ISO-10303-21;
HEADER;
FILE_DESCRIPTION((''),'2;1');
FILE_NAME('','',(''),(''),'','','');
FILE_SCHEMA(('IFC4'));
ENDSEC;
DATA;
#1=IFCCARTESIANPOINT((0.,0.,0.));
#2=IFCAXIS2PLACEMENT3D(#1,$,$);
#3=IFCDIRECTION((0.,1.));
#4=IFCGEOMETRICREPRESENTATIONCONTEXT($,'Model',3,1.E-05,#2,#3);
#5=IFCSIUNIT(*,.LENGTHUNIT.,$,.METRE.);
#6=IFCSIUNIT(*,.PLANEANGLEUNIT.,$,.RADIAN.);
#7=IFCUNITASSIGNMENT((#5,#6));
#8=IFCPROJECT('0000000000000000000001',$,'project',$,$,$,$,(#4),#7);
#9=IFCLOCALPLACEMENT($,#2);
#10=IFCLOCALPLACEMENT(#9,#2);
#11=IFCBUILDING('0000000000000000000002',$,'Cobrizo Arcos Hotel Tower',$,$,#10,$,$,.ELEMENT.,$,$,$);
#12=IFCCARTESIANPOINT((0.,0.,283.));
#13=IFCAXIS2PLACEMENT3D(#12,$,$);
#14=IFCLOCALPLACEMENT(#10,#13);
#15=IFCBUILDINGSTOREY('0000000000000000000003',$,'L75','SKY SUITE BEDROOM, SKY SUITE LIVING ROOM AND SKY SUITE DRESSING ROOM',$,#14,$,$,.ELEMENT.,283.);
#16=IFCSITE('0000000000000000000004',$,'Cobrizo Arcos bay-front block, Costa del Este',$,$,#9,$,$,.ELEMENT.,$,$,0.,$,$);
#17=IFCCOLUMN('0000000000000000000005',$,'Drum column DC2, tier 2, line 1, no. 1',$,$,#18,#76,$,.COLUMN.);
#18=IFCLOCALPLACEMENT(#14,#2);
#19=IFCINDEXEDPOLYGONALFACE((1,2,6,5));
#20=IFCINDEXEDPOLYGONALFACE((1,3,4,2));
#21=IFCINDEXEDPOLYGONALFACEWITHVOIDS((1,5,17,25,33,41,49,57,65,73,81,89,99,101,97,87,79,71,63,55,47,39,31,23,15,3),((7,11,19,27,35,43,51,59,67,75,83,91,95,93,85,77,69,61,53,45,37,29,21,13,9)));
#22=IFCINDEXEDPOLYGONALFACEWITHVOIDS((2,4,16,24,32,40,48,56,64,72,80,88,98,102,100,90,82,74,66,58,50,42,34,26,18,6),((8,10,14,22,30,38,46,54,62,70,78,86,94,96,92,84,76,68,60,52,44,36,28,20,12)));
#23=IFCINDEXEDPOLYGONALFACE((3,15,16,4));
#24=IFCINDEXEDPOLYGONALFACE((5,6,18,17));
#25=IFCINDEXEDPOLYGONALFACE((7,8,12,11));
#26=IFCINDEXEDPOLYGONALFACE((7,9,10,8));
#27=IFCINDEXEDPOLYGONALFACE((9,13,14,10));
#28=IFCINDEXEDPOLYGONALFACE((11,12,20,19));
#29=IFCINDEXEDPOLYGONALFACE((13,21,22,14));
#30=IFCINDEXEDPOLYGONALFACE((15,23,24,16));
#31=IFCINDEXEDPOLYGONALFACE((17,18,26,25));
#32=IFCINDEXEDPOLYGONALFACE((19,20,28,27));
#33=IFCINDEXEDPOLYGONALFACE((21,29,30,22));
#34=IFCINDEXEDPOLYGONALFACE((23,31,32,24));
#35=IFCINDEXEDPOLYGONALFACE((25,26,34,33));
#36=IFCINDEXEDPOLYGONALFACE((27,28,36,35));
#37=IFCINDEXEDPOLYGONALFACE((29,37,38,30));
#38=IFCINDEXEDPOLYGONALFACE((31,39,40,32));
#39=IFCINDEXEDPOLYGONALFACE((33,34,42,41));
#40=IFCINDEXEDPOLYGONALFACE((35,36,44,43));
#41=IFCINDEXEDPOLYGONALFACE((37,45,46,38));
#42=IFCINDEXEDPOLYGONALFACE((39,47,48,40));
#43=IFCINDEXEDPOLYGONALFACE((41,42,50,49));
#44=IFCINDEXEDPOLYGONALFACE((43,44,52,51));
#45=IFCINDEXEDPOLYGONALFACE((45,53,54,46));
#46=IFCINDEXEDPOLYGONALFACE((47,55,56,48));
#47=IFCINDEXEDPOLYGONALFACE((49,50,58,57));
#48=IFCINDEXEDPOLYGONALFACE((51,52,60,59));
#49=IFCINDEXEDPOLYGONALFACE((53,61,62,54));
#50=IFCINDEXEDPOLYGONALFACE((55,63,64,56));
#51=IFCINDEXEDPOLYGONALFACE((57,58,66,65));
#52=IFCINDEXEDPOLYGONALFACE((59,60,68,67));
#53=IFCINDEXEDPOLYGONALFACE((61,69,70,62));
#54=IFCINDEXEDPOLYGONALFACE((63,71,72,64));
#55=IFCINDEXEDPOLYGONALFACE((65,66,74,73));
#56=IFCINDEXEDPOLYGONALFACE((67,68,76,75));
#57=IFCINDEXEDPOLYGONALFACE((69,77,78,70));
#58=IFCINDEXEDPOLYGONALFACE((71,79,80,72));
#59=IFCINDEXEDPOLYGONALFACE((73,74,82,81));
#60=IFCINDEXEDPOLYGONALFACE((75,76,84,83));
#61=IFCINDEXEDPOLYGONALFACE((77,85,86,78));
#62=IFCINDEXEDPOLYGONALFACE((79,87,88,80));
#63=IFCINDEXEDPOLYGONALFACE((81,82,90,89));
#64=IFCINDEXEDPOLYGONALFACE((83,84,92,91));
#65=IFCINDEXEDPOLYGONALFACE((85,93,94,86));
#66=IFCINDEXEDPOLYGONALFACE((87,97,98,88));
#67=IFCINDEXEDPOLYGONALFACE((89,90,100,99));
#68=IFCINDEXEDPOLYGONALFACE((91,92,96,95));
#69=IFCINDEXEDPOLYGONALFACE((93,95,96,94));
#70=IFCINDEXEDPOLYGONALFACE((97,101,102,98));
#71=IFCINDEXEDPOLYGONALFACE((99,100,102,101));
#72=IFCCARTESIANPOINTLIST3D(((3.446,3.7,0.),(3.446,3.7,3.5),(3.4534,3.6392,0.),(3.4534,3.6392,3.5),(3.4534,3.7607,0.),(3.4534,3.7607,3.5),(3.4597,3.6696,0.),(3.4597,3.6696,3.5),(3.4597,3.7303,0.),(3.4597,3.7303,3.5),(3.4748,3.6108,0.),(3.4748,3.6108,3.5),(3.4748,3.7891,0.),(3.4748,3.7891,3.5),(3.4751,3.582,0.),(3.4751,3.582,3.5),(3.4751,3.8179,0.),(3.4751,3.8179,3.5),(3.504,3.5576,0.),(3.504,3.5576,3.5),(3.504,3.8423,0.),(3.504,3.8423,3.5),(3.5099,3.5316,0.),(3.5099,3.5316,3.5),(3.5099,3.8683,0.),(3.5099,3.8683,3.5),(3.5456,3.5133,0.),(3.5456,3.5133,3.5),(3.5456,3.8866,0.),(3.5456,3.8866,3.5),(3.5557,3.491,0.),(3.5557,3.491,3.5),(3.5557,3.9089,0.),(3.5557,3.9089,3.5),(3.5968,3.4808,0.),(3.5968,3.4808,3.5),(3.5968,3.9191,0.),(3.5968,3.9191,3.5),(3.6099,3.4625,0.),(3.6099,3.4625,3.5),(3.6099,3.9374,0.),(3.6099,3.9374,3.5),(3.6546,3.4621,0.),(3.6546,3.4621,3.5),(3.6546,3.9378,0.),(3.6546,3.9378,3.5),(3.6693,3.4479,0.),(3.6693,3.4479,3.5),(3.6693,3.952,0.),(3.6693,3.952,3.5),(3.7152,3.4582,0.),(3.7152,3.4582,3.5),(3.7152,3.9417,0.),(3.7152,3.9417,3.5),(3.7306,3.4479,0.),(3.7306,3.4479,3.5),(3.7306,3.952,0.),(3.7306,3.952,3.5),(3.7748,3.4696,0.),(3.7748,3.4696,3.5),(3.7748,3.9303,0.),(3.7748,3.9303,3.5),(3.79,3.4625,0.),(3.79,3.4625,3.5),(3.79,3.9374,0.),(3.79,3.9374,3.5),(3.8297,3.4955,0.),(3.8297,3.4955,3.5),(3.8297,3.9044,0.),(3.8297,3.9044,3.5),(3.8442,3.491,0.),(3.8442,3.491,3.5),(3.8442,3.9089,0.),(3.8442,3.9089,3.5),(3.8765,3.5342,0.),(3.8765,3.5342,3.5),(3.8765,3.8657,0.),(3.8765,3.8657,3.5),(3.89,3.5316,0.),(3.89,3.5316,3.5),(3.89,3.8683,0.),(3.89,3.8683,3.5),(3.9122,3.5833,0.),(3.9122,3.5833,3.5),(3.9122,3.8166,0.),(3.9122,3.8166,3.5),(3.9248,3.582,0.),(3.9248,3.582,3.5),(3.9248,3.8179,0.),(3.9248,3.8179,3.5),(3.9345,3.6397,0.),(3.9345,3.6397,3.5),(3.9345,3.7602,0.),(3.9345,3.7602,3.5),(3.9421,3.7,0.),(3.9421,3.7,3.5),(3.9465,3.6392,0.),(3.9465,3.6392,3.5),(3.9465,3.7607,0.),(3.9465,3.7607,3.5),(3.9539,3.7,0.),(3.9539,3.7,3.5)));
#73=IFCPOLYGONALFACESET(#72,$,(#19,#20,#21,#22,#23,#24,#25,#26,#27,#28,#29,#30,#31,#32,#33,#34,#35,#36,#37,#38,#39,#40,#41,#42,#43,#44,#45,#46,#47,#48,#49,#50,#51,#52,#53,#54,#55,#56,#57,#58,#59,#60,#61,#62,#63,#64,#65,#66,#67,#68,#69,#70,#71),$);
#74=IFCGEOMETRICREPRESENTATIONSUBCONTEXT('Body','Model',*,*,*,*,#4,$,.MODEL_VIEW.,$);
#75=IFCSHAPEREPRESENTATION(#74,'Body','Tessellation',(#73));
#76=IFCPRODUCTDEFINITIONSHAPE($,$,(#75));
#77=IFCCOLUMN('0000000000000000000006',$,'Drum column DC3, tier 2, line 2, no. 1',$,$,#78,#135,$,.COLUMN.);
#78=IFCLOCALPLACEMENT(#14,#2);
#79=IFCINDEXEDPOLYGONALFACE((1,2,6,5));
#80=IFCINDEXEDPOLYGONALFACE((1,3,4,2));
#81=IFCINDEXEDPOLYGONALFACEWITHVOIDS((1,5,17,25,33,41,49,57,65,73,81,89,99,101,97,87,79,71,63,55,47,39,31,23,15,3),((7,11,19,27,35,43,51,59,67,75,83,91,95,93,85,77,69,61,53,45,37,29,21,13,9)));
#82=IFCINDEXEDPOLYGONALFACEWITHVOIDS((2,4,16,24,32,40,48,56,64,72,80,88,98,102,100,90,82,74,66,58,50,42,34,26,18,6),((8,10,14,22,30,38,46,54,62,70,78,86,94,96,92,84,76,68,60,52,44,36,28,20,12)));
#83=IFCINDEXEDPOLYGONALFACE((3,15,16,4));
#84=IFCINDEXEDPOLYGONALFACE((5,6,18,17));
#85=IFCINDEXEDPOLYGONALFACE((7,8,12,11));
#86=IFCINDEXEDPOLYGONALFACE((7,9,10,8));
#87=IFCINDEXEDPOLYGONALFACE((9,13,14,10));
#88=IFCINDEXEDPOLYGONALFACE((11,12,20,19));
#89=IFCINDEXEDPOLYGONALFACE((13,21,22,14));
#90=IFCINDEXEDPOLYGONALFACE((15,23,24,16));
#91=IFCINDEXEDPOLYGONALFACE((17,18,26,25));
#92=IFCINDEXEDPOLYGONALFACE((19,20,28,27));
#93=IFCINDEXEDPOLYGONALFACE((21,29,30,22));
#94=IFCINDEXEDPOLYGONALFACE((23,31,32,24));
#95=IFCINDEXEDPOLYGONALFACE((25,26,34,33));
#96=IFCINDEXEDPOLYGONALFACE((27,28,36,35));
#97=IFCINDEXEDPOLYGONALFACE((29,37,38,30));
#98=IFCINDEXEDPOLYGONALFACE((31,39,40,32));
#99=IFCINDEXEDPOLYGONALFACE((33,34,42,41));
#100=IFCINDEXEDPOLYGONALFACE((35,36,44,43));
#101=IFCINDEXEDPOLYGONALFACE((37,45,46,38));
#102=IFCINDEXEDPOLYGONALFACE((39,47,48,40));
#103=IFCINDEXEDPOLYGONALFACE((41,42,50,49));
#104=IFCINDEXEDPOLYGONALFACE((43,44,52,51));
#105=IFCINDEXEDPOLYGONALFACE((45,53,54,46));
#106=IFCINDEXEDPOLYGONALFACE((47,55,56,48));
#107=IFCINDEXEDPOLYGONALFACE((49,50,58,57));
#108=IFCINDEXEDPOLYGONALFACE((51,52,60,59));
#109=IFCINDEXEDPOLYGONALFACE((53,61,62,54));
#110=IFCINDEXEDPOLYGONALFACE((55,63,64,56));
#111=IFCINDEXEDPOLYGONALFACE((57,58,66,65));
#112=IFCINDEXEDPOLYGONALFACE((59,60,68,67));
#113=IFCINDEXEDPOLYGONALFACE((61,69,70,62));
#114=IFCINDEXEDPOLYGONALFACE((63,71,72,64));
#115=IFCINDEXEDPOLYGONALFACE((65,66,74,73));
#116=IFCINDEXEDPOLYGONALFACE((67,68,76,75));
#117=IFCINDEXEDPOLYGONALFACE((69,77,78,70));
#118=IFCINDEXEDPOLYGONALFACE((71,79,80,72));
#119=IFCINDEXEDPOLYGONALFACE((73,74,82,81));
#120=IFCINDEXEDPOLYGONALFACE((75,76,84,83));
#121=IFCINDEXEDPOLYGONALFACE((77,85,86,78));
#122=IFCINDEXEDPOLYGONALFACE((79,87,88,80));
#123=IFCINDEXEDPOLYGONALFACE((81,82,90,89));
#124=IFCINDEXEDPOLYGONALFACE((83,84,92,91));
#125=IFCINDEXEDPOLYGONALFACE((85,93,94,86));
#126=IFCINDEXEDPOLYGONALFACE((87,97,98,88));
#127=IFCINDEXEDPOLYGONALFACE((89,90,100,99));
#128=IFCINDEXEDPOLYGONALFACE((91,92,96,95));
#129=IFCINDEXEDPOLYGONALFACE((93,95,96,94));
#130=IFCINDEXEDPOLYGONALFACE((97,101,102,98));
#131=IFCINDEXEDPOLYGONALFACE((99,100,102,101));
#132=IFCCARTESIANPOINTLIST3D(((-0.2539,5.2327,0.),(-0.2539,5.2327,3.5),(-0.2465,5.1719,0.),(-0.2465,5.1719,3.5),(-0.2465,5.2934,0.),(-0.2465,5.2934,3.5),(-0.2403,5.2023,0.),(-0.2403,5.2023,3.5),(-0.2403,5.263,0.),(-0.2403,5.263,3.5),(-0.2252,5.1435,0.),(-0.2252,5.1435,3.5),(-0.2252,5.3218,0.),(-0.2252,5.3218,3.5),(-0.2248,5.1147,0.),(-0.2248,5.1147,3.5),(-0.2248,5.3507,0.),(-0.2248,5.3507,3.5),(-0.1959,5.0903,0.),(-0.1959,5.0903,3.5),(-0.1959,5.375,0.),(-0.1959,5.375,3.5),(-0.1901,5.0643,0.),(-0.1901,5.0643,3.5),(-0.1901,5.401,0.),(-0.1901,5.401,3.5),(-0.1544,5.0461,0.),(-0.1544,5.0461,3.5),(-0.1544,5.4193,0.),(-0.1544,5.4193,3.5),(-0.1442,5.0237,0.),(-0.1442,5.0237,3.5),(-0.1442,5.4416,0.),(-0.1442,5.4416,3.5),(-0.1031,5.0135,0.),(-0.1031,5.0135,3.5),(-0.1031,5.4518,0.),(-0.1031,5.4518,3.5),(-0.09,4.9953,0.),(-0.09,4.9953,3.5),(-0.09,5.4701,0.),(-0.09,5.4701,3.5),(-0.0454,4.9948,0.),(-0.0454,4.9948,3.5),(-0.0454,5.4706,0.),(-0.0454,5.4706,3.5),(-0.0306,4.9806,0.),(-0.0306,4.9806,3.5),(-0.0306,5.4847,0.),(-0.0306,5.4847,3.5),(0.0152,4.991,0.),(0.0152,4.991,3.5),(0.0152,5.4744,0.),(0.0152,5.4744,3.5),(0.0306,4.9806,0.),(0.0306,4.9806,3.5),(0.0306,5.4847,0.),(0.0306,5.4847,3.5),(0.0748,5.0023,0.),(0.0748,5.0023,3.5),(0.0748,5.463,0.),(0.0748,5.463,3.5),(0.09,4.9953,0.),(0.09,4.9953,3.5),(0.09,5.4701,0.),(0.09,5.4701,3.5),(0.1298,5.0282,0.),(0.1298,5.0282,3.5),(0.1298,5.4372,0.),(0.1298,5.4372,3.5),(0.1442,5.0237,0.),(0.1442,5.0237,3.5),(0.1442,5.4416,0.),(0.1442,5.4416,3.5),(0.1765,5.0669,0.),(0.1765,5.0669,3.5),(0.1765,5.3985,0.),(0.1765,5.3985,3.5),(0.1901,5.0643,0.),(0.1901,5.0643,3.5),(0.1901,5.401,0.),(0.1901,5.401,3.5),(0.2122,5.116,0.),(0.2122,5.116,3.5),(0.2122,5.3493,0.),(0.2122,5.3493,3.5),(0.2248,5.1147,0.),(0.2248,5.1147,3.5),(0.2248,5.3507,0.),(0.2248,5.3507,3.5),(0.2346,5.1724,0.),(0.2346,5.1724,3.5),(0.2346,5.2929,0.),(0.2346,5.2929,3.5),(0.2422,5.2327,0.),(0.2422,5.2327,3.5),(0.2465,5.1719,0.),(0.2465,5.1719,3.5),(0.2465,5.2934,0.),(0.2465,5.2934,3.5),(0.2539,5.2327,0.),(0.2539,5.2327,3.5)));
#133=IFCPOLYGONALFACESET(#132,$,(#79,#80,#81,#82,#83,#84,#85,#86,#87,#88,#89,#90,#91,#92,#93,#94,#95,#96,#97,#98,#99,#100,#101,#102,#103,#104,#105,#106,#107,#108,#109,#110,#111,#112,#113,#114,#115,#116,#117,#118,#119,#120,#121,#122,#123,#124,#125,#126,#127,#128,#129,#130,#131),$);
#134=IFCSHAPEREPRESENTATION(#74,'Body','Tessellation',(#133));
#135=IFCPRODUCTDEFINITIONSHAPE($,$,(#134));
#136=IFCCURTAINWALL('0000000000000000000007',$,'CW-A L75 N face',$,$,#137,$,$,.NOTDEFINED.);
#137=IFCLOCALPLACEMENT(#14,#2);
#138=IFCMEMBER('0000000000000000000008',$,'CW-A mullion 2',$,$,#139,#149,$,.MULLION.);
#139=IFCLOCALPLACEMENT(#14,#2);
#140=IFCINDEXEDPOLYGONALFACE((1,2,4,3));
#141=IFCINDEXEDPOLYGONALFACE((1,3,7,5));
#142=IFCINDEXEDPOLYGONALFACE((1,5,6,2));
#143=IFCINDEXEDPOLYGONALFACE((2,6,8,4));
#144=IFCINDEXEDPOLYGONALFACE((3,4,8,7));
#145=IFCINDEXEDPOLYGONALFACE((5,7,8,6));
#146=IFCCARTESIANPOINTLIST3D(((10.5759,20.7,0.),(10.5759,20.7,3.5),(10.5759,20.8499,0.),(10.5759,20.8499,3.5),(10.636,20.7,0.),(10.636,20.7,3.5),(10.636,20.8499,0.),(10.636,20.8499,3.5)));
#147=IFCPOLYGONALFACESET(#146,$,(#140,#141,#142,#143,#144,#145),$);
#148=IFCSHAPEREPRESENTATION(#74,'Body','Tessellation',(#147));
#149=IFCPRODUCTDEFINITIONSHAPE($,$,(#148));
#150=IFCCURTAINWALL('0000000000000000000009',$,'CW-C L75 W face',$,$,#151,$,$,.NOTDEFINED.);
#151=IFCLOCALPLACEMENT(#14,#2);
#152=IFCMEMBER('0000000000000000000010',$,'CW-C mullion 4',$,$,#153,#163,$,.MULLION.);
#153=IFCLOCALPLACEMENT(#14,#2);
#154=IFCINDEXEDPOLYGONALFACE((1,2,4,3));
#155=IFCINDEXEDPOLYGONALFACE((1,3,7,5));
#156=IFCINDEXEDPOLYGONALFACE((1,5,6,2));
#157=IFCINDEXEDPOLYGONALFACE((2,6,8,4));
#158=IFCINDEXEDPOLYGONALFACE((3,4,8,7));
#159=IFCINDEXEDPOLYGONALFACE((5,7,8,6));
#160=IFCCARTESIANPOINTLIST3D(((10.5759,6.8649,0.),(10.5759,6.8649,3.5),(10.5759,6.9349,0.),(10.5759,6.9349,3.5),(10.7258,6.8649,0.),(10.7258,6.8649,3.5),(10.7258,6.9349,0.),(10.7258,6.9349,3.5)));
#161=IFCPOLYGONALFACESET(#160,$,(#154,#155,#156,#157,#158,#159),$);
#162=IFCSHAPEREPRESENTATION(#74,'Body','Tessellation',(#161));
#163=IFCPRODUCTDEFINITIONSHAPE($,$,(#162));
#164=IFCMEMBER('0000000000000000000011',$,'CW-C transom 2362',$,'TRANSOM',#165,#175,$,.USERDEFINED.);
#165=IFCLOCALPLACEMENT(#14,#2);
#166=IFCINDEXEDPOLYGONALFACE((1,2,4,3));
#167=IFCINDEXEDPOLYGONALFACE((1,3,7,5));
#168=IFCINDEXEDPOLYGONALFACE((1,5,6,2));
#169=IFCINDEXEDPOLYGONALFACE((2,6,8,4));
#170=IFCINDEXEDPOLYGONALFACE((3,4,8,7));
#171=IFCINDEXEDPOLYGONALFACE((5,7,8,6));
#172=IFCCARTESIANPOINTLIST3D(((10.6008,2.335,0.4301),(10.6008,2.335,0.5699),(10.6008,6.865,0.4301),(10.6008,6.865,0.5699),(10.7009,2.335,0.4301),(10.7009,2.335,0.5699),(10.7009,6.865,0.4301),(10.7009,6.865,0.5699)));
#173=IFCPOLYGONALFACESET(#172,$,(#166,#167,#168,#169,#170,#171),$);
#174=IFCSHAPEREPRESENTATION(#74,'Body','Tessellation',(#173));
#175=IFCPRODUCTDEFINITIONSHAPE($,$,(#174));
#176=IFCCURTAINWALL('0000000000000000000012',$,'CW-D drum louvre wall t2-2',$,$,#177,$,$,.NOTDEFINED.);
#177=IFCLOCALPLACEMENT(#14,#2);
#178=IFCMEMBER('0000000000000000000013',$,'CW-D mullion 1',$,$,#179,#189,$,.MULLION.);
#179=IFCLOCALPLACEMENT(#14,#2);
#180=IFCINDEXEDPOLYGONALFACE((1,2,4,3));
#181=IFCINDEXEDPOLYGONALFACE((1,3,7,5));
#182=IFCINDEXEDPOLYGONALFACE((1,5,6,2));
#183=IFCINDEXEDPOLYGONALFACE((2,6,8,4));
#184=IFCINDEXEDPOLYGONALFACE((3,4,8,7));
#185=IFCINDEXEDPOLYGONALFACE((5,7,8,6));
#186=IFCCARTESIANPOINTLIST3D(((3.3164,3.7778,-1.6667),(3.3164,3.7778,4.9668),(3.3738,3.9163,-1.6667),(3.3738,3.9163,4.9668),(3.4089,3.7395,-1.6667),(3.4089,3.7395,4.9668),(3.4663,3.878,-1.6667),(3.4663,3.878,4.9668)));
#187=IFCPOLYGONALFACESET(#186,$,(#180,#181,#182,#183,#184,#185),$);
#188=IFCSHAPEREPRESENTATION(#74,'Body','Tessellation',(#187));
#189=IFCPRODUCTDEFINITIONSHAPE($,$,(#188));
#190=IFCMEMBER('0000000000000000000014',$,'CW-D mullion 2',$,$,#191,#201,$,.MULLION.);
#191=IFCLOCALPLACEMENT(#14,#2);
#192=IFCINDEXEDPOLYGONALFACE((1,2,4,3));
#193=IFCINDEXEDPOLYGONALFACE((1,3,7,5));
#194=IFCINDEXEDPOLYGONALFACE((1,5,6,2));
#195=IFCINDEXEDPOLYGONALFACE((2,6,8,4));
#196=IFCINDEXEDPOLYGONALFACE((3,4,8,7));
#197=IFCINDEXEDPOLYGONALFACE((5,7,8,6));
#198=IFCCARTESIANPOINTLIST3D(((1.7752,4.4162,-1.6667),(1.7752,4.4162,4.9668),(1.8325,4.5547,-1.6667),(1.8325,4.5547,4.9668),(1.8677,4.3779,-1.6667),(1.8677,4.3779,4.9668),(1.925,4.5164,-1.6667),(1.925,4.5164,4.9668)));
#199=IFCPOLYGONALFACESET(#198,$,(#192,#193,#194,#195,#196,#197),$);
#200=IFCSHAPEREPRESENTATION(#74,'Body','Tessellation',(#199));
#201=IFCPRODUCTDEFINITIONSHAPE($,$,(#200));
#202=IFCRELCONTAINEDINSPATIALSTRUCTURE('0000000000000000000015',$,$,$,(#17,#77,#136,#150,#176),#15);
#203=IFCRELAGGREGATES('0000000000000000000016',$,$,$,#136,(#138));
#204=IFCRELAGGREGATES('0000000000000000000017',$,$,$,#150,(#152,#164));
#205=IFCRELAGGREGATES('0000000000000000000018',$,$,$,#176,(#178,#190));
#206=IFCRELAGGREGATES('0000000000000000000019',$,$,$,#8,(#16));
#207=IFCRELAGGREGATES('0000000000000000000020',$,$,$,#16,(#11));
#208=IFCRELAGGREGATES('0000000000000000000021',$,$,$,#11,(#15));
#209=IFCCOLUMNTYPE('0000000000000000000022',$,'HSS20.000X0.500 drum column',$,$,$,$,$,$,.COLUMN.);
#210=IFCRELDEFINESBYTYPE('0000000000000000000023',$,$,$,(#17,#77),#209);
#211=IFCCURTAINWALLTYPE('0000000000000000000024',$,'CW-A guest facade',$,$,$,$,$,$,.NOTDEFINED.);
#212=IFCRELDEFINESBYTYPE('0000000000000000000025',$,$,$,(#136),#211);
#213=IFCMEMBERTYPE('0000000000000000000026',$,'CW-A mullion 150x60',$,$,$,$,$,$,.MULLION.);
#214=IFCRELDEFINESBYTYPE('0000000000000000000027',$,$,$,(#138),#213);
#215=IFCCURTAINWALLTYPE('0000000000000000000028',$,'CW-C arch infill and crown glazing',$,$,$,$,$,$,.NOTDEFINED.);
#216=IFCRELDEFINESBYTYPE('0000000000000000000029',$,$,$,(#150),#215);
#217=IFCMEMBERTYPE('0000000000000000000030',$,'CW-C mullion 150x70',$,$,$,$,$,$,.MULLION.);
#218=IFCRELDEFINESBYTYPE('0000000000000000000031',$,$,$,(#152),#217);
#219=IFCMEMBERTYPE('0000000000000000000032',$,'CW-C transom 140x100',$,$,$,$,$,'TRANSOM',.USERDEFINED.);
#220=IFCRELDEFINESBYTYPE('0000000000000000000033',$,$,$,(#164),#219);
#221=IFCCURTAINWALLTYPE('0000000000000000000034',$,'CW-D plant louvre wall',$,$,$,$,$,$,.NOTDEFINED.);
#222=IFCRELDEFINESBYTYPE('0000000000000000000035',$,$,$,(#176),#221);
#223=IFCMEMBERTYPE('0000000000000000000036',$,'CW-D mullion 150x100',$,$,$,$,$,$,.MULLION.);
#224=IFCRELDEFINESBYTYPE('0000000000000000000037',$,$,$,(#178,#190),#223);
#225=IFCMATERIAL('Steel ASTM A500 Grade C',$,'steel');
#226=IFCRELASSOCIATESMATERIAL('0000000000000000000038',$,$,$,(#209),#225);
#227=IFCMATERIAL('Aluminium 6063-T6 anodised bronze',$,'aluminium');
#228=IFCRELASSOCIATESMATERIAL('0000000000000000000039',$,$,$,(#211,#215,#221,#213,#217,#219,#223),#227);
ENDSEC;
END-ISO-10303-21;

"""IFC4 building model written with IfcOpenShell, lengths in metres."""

from ifc_helpers import new_model, si_unit, direction, frame, origin, origin_2d, place, context, subcontext, project, spatial, rectangle, hollow_circle, extrude, material, material_profile, profile_set, type_object, element, aggregate, save


model = new_model("IFC4")

# Units and contexts
model_context = context("Model", 3, precision=1e-05, world=origin(), true_north=direction((0.0, 1.0)))
body_context = subcontext(model_context, "Body", "Model", "MODEL_VIEW")
ifc_project = project(units=[si_unit("LENGTHUNIT", "METRE"), si_unit("PLANEANGLEUNIT", "RADIAN")], contexts=[model_context])

# Site, building, storey
site_placement = place(None, origin())
site = spatial("IfcSite", under=ifc_project, at=site_placement, Name="Cobrizo Arcos bay-front block, Costa del Este", CompositionType="ELEMENT", RefElevation=0.0)
building_placement = place(site_placement, origin())
building = spatial("IfcBuilding", under=site, at=building_placement, Name="Cobrizo Arcos Hotel Tower", CompositionType="ELEMENT")
storey_placement = place(building_placement, frame((0.0, 0.0, 283.0)))
storey = spatial("IfcBuildingStorey", under=building, at=storey_placement, Name="L75", Description="SKY SUITE BEDROOM, SKY SUITE LIVING ROOM AND SKY SUITE DRESSING ROOM", CompositionType="ELEMENT", Elevation=283.0)

# Columns
ifc_material_1 = material(Name="Steel ASTM A500 Grade C", Category="steel")
ifc_material_profile_1 = material_profile(ifc_material_1, hollow_circle(Radius=0.2539, WallThickness=0.0117, at=origin_2d()), Name="HSS20.000X0.500")
ifc_profile_set_1 = profile_set([ifc_material_profile_1], Name="Steel ASTM A500 Grade C")
column_type = type_object("IfcColumnType", Name="HSS20.000X0.500 drum column", PredefinedType="COLUMN", material=ifc_profile_set_1)
for number, where, z_axis, x_axis, name in (
    (1, (3.7, 3.7, 0.0), (0.0, 0.0, 1.0), (1.0, 0.0, 0.0), "Drum column DC2, tier 2, line 1, no. 1"),
    (2, (0.0, 5.2327, 0.0), (0.0, 0.0, 1.0), (1.0, 0.0, 0.0), "Drum column DC3, tier 2, line 2, no. 1"),
):
    element("IfcColumn", number, at=place(storey_placement, frame(where, z_axis=z_axis, x_axis=x_axis)), inside=storey, type_object=column_type, Name=name, PredefinedType="COLUMN", context=body_context, shape_type="SweptSolid", body=[
        extrude(hollow_circle(Radius=0.2539, WallThickness=0.0117, at=origin_2d()), origin(), (0.0, 0.0, 1.0), 3.5),
    ])

# Curtain wall, member
ifc_material_2 = material(Name="Aluminium 6063-T6 anodised bronze", Category="aluminium")
curtain_wall_type_1 = type_object("IfcCurtainWallType", Name="CW-A guest facade", PredefinedType="NOTDEFINED", material=ifc_material_2)
curtain_wall_1_placement = place(storey_placement, origin())
curtain_wall_1 = element("IfcCurtainWall", 3, at=curtain_wall_1_placement, inside=storey, type_object=curtain_wall_type_1, Name="CW-A L75 N face", PredefinedType="NOTDEFINED")
ifc_material_profile_2 = material_profile(ifc_material_2, rectangle(XDim=0.1499, YDim=0.0601, at=origin_2d()), Name="CW-A mullion 150x60")
ifc_profile_set_2 = profile_set([ifc_material_profile_2], Name="Aluminium 6063-T6 anodised bronze")
member_type_1 = type_object("IfcMemberType", Name="CW-A mullion 150x60", PredefinedType="MULLION", material=ifc_profile_set_2)
member_1_placement = place(storey_placement, frame((10.606, 20.7749, 0.0), z_axis=(0.0, 0.0, 1.0), x_axis=(0.0, 1.0, 0.0)))
member_1 = element("IfcMember", 4, at=member_1_placement, type_object=member_type_1, Name="CW-A mullion 2", PredefinedType="MULLION", context=body_context, shape_type="SweptSolid", body=[
    extrude(rectangle(XDim=0.1499, YDim=0.0601, at=origin_2d()), origin(), (0.0, 0.0, 1.0), 3.5),
])
aggregate(curtain_wall_1, [member_1])

# Curtain walls, members
curtain_wall_type_2 = type_object("IfcCurtainWallType", Name="CW-C arch infill and crown glazing", PredefinedType="NOTDEFINED", material=ifc_material_2)
curtain_wall_2_placement = place(storey_placement, origin())
curtain_wall_2 = element("IfcCurtainWall", 5, at=curtain_wall_2_placement, inside=storey, type_object=curtain_wall_type_2, Name="CW-C L75 W face", PredefinedType="NOTDEFINED")
ifc_material_profile_3 = material_profile(ifc_material_2, rectangle(XDim=0.1499, YDim=0.0701, at=origin_2d()), Name="CW-C mullion 150x70")
ifc_profile_set_3 = profile_set([ifc_material_profile_3], Name="Aluminium 6063-T6 anodised bronze")
member_type_2 = type_object("IfcMemberType", Name="CW-C mullion 150x70", PredefinedType="MULLION", material=ifc_profile_set_3)
member_2_placement = place(storey_placement, frame((10.6509, 6.8999, 0.0), z_axis=(0.0, 0.0, 1.0), x_axis=(-1.0, 0.0, 0.0)))
member_2 = element("IfcMember", 6, at=member_2_placement, type_object=member_type_2, Name="CW-C mullion 4", PredefinedType="MULLION", context=body_context, shape_type="SweptSolid", body=[
    extrude(rectangle(XDim=0.1499, YDim=0.0701, at=origin_2d()), origin(), (0.0, 0.0, 1.0), 3.5),
])
ifc_material_profile_4 = material_profile(ifc_material_2, rectangle(XDim=0.1001, YDim=0.1399, at=origin_2d()), Name="CW-C transom 140x100")
ifc_profile_set_4 = profile_set([ifc_material_profile_4], Name="Aluminium 6063-T6 anodised bronze")
member_type_3 = type_object("IfcMemberType", Name="CW-C transom 140x100", ElementType="TRANSOM", PredefinedType="USERDEFINED", material=ifc_profile_set_4)
member_3_placement = place(storey_placement, frame((10.6509, 6.865, 0.5), z_axis=(0.0, -1.0, 0.0), x_axis=(1.0, 0.0, 0.0)))
member_3 = element("IfcMember", 7, at=member_3_placement, type_object=member_type_3, Name="CW-C transom 2362", ObjectType="TRANSOM", PredefinedType="USERDEFINED", context=body_context, shape_type="SweptSolid", body=[
    extrude(rectangle(XDim=0.1001, YDim=0.1399, at=origin_2d()), origin(), (0.0, 0.0, 1.0), 4.53),
])
curtain_wall_type_3 = type_object("IfcCurtainWallType", Name="CW-D plant louvre wall", PredefinedType="NOTDEFINED", material=ifc_material_2)
curtain_wall_3_placement = place(storey_placement, origin())
curtain_wall_3 = element("IfcCurtainWall", 8, at=curtain_wall_3_placement, inside=storey, type_object=curtain_wall_type_3, Name="CW-D drum louvre wall t2-2", PredefinedType="NOTDEFINED")
ifc_material_profile_5 = material_profile(ifc_material_2, rectangle(XDim=0.1499, YDim=0.1001, at=origin_2d()), Name="CW-D mullion 150x100")
ifc_profile_set_5 = profile_set([ifc_material_profile_5], Name="Aluminium 6063-T6 anodised bronze")
member_type_4 = type_object("IfcMemberType", Name="CW-D mullion 150x100", PredefinedType="MULLION", material=ifc_profile_set_5)
member_4_placement = place(storey_placement, frame((3.3914, 3.8279, -1.6667), z_axis=(0.0, 0.0, 1.0), x_axis=(0.382683, 0.92388, 0.0)))
member_4 = element("IfcMember", 9, at=member_4_placement, type_object=member_type_4, Name="CW-D mullion 1", PredefinedType="MULLION", context=body_context, shape_type="SweptSolid", body=[
    extrude(rectangle(XDim=0.1499, YDim=0.1001, at=origin_2d()), origin(), (0.0, 0.0, 1.0), 6.6335),
])
member_5_placement = place(storey_placement, frame((1.8501, 4.4663, -1.6667), z_axis=(0.0, 0.0, 1.0), x_axis=(0.382683, 0.92388, 0.0)))
member_5 = element("IfcMember", 10, at=member_5_placement, type_object=member_type_4, Name="CW-D mullion 2", PredefinedType="MULLION", context=body_context, shape_type="SweptSolid", body=[
    extrude(rectangle(XDim=0.1499, YDim=0.1001, at=origin_2d()), origin(), (0.0, 0.0, 1.0), 6.6335),
])

aggregate(curtain_wall_2, [member_2, member_3])
aggregate(curtain_wall_3, [member_4, member_5])

save(model, "model.ifc")
